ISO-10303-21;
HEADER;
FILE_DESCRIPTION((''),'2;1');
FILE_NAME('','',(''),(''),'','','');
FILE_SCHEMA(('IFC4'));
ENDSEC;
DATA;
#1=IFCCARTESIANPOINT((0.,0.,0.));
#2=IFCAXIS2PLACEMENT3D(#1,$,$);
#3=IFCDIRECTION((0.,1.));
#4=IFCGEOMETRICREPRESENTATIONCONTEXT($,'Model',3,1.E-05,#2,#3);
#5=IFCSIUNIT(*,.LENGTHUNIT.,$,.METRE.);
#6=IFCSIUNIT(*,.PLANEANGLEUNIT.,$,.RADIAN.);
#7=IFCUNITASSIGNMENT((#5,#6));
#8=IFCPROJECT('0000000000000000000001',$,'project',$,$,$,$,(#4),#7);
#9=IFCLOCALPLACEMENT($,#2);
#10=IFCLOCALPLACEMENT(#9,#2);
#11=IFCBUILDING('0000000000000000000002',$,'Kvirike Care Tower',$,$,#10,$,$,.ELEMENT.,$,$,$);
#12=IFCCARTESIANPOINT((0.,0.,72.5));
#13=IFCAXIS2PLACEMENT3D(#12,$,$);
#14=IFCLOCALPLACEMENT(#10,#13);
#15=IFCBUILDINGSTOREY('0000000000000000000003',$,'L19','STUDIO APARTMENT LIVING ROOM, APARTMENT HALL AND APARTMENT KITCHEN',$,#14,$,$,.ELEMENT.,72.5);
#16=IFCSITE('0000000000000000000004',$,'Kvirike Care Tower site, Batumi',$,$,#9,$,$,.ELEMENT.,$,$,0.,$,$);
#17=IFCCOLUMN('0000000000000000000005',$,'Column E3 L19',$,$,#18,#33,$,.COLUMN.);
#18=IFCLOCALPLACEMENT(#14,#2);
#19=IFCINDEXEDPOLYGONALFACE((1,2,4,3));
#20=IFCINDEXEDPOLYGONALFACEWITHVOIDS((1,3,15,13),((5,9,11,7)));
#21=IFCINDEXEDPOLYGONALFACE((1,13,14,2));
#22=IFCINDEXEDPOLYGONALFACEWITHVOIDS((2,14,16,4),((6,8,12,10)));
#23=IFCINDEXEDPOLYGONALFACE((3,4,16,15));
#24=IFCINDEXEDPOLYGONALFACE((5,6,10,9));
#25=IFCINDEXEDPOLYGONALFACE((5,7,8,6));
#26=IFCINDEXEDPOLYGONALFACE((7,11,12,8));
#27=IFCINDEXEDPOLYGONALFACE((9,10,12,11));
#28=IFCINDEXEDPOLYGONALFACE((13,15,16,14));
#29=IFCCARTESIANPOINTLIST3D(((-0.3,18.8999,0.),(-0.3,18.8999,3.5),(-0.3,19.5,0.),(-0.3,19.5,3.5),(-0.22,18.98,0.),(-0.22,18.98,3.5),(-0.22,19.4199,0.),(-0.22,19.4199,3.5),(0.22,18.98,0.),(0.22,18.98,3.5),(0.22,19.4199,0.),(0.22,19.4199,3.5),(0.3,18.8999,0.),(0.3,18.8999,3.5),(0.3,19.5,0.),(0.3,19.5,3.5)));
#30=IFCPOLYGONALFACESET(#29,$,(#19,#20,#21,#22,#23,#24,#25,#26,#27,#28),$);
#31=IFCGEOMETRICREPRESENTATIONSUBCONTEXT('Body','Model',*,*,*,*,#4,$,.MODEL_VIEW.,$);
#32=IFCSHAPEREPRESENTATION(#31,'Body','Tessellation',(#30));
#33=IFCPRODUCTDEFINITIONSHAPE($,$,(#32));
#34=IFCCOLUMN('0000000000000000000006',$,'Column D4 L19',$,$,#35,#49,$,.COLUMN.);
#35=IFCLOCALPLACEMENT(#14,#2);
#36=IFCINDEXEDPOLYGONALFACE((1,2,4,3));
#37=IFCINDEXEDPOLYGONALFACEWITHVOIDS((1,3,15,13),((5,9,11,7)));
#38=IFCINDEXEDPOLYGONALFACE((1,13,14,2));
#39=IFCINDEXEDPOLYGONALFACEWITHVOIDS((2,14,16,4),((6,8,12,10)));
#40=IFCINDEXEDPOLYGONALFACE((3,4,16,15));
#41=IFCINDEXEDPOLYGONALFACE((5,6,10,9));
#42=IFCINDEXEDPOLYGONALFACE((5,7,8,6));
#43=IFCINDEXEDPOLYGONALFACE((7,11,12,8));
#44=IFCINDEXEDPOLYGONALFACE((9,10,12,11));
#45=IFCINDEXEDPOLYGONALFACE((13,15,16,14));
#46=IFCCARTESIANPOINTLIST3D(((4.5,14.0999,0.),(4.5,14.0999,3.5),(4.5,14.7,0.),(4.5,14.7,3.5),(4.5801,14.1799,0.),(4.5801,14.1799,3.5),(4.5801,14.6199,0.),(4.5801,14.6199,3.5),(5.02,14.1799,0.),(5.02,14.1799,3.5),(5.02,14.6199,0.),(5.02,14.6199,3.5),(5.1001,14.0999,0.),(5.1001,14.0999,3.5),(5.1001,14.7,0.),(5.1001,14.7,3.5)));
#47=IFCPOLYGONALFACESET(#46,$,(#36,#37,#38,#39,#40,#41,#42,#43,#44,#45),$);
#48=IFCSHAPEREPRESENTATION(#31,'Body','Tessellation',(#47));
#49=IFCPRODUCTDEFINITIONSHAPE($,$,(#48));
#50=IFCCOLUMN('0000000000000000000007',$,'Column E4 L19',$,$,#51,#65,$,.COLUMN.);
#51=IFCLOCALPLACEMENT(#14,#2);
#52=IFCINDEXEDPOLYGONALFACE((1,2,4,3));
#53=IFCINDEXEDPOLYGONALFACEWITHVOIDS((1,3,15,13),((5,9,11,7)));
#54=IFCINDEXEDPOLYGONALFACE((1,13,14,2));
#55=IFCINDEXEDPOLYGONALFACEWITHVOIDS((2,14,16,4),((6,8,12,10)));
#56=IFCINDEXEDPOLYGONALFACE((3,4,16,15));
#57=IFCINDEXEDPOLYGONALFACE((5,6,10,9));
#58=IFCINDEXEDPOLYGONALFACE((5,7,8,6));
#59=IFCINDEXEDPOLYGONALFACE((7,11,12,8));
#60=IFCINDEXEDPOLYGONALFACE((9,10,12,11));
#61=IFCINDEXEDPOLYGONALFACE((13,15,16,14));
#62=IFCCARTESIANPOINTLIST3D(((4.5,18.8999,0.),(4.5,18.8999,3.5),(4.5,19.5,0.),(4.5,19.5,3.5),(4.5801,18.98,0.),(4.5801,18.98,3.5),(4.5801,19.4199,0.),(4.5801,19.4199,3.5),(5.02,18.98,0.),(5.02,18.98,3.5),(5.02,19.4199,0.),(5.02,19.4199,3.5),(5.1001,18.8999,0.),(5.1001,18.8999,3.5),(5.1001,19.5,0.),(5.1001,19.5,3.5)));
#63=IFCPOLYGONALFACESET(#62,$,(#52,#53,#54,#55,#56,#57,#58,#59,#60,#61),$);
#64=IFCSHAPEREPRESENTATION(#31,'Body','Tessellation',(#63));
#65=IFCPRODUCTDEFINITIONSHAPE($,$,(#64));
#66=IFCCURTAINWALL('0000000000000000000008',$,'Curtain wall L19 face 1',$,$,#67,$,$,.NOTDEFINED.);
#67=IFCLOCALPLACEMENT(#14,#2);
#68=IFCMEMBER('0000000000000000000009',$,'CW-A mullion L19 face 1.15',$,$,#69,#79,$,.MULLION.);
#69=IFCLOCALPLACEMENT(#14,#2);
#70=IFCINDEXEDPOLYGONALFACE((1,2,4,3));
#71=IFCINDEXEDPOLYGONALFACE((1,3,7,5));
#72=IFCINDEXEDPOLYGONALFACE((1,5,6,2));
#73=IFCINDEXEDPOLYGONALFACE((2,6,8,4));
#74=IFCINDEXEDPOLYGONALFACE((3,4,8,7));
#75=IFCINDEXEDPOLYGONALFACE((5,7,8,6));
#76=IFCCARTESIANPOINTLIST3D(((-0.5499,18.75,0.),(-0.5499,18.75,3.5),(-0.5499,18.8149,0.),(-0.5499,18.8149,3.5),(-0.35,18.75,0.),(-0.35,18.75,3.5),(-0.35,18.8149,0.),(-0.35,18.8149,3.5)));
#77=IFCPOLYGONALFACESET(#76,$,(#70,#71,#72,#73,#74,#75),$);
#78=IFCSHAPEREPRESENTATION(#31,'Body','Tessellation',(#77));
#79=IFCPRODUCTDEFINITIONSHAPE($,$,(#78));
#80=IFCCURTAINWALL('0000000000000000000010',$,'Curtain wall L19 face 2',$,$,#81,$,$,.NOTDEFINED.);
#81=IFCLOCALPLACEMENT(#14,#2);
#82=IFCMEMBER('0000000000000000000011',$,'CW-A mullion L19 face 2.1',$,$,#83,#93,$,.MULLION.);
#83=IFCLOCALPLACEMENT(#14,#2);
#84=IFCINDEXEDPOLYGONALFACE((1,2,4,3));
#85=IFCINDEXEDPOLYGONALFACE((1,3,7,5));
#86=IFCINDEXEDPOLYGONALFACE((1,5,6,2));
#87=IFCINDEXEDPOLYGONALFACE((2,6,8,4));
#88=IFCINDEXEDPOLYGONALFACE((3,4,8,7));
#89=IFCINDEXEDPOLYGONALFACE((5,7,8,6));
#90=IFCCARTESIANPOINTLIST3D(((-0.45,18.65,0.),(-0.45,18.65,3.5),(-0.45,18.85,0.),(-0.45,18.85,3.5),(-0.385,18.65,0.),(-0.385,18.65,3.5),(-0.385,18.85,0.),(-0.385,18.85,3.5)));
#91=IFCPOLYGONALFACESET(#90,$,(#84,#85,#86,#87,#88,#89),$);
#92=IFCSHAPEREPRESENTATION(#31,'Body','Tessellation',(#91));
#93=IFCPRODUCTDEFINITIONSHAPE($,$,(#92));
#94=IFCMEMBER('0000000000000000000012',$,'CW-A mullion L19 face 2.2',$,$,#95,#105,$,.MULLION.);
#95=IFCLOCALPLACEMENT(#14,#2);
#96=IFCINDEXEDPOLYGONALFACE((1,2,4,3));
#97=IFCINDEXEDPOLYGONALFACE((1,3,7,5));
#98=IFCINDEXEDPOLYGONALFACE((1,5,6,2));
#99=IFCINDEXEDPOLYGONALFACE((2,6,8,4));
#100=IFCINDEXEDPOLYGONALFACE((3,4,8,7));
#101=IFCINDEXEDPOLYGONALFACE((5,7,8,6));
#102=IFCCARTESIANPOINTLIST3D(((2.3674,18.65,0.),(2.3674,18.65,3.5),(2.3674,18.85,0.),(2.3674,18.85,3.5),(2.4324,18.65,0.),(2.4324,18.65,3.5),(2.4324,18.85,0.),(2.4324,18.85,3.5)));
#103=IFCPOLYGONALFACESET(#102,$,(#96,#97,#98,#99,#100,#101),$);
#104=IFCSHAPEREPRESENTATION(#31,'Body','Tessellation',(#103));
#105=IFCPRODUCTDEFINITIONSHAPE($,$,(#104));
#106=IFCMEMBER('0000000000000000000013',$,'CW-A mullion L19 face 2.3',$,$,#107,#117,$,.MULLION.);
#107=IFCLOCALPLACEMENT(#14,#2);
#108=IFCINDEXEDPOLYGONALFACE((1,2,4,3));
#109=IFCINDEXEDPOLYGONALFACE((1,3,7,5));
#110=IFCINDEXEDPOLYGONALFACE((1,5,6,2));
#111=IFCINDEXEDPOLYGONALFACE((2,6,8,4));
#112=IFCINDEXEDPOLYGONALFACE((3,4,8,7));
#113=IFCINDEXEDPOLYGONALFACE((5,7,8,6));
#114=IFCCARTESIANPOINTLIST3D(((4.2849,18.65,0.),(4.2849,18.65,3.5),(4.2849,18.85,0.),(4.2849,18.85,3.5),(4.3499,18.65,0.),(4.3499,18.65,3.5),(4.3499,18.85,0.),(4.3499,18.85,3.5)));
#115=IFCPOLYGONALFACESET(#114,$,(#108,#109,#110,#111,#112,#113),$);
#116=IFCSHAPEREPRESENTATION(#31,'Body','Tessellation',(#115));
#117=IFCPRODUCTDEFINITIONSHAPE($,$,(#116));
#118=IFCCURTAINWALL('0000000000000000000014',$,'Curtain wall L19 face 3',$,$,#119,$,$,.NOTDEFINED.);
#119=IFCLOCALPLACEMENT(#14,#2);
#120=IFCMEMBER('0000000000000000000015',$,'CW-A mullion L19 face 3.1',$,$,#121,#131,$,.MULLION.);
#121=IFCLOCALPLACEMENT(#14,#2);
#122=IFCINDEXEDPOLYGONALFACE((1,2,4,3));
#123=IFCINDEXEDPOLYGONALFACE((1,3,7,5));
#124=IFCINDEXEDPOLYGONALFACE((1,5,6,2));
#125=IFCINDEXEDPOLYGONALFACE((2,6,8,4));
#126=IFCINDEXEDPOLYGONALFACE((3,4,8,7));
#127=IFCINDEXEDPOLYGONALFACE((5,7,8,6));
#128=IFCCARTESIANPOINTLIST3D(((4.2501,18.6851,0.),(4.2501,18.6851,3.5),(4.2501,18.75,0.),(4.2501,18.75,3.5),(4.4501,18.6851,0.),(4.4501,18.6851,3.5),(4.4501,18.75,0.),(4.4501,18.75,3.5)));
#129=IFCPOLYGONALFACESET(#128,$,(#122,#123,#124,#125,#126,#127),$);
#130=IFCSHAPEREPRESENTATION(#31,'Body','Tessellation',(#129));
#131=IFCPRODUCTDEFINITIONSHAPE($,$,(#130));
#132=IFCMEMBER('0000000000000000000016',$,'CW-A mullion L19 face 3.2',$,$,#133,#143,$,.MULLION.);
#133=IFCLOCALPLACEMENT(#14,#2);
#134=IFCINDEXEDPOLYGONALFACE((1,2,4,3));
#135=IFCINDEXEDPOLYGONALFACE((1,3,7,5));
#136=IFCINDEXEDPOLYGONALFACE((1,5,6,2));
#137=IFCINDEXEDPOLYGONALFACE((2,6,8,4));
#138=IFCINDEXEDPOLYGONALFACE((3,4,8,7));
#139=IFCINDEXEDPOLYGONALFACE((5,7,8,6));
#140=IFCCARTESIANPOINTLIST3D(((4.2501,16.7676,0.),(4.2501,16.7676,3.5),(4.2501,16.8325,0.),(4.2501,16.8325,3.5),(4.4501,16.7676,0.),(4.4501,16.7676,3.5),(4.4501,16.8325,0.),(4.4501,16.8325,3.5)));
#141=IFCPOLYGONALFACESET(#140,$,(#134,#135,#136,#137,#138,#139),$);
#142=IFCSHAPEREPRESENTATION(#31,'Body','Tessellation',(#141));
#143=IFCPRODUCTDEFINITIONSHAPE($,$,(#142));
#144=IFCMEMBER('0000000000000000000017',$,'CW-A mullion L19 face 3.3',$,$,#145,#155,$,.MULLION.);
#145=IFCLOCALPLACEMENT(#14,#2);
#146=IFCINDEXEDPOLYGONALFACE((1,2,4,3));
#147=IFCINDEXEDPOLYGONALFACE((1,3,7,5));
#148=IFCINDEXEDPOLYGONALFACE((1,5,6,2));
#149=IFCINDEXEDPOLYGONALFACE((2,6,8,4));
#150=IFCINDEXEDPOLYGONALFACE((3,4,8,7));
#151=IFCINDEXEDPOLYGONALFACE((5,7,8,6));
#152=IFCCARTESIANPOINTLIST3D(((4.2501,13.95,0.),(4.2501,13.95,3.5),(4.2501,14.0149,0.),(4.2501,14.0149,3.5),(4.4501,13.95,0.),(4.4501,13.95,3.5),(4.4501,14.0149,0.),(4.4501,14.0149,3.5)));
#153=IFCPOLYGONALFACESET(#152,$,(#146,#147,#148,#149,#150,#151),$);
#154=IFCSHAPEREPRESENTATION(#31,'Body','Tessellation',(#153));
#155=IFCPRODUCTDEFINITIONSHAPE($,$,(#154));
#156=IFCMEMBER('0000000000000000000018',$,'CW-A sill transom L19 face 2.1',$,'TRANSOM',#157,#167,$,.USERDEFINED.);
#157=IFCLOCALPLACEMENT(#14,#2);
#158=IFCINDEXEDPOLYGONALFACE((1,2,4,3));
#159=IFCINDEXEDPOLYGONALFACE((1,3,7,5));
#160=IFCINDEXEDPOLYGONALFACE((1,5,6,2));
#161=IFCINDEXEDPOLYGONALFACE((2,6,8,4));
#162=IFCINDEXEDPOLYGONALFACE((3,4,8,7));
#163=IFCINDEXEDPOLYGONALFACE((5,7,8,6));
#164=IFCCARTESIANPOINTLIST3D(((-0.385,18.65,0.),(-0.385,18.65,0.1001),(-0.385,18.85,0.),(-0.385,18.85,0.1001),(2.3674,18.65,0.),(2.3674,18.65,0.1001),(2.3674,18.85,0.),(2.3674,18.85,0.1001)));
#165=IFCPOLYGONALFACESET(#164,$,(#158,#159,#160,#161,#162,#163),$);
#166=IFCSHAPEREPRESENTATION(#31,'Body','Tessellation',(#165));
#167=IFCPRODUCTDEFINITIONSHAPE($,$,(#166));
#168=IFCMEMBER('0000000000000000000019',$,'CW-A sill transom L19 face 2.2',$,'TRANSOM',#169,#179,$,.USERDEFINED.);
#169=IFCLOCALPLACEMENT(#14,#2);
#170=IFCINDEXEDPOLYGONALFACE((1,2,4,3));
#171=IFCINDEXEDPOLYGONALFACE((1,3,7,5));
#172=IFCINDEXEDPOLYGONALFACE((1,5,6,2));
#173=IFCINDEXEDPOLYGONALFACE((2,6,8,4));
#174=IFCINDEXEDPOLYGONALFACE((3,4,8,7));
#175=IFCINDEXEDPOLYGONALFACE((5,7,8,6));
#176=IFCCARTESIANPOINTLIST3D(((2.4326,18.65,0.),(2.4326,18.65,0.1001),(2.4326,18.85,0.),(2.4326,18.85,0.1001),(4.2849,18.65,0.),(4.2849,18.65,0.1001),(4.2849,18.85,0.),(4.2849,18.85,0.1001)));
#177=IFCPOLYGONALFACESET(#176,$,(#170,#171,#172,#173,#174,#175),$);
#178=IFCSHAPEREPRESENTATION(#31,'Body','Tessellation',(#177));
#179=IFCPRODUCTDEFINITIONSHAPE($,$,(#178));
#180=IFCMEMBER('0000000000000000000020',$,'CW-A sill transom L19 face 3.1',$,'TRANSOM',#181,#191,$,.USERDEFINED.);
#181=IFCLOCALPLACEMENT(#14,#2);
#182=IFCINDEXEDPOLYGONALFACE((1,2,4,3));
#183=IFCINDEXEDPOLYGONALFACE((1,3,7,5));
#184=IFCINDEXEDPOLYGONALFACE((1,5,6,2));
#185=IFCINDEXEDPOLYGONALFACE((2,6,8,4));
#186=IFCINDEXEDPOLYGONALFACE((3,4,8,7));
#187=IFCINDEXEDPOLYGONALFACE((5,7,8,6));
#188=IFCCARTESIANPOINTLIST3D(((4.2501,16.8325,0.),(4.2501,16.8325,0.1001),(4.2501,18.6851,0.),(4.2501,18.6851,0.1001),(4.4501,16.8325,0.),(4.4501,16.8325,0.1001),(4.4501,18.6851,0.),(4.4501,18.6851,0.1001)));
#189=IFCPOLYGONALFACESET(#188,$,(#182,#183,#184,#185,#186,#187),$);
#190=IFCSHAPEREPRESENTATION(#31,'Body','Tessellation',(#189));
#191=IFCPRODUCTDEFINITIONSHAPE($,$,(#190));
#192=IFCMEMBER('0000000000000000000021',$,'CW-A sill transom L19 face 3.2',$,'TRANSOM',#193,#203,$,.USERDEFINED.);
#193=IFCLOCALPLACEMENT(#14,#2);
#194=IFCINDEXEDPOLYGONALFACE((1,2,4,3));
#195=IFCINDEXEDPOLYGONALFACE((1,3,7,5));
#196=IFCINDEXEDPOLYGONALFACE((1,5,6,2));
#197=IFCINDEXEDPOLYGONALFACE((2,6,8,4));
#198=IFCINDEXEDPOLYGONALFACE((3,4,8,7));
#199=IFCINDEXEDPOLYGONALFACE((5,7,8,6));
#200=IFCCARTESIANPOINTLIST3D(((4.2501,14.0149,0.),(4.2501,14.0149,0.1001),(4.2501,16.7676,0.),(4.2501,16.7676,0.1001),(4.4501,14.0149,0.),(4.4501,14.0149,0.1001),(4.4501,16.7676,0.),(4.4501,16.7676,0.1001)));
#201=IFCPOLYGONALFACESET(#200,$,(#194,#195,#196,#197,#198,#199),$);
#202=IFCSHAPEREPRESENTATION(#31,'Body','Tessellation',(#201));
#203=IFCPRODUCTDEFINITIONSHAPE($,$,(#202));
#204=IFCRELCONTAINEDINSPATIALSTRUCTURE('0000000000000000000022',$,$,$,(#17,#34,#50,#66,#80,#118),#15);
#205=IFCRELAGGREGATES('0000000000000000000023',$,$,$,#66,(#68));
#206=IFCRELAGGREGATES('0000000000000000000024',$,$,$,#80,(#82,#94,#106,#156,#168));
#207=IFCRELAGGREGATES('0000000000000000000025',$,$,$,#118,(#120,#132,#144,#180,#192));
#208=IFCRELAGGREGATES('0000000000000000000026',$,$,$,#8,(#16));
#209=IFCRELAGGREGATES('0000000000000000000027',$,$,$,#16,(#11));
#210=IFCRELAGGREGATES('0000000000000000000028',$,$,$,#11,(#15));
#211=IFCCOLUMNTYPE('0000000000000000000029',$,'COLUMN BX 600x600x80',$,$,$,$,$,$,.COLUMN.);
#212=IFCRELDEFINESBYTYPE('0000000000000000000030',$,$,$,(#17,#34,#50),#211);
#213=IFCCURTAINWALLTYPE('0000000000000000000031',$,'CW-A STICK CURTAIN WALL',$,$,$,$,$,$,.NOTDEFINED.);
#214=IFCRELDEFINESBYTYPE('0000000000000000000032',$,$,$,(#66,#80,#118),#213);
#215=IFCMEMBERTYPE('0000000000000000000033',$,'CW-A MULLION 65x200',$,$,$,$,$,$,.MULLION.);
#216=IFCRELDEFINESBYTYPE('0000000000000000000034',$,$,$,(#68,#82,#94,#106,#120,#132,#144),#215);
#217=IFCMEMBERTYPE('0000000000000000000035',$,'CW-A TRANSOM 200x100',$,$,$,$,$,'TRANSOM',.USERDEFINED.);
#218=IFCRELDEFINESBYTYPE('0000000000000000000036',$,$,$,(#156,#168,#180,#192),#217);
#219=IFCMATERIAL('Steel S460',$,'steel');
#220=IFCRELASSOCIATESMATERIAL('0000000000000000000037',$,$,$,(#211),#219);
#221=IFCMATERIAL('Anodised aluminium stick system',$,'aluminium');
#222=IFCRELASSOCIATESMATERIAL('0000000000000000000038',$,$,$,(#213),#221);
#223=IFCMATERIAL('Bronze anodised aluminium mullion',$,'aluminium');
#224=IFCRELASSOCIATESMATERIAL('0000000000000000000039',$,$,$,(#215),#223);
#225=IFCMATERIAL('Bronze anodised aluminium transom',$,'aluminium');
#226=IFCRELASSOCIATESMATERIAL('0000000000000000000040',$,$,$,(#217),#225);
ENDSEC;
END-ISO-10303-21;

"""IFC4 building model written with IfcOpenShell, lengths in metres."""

from ifc_helpers import new_model, si_unit, direction, frame, origin, origin_2d, place, context, subcontext, project, spatial, rectangle, hollow_rectangle, extrude, material, material_profile, profile_set, type_object, element, aggregate, save


model = new_model("IFC4")

# Units and contexts
model_context = context("Model", 3, precision=1e-05, world=origin(), true_north=direction((0.0, 1.0)))
body_context = subcontext(model_context, "Body", "Model", "MODEL_VIEW")
ifc_project = project(units=[si_unit("LENGTHUNIT", "METRE"), si_unit("PLANEANGLEUNIT", "RADIAN")], contexts=[model_context])

# Site, building, storey
site_placement = place(None, origin())
site = spatial("IfcSite", under=ifc_project, at=site_placement, Name="Kvirike Care Tower site, Batumi", CompositionType="ELEMENT", RefElevation=0.0)
building_placement = place(site_placement, origin())
building = spatial("IfcBuilding", under=site, at=building_placement, Name="Kvirike Care Tower", CompositionType="ELEMENT")
storey_placement = place(building_placement, frame((0.0, 0.0, 72.5)))
storey = spatial("IfcBuildingStorey", under=building, at=storey_placement, Name="L19", Description="STUDIO APARTMENT LIVING ROOM, APARTMENT HALL AND APARTMENT KITCHEN", CompositionType="ELEMENT", Elevation=72.5)

# Columns
ifc_material_1 = material(Name="Steel S460", Category="steel")
ifc_material_profile_1 = material_profile(ifc_material_1, hollow_rectangle(XDim=0.6001, YDim=0.6001, WallThickness=0.0801, at=origin_2d()), Name="BX 600x600x80")
ifc_profile_set_1 = profile_set([ifc_material_profile_1], Name="Steel S460")
column_type = type_object("IfcColumnType", Name="COLUMN BX 600x600x80", PredefinedType="COLUMN", material=ifc_profile_set_1)
for number, where, z_axis, x_axis, name in (
    (1, (0.0, 19.2, 0.0), (0.0, 0.0, 1.0), (0.0, 1.0, 0.0), "Column E3 L19"),
    (2, (4.8, 14.3999, 0.0), (0.0, 0.0, 1.0), (0.0, 1.0, 0.0), "Column D4 L19"),
    (3, (4.8, 19.2, 0.0), (0.0, 0.0, 1.0), (0.0, 1.0, 0.0), "Column E4 L19"),
):
    element("IfcColumn", number, at=place(storey_placement, frame(where, z_axis=z_axis, x_axis=x_axis)), inside=storey, type_object=column_type, Name=name, PredefinedType="COLUMN", context=body_context, shape_type="SweptSolid", body=[
        extrude(hollow_rectangle(XDim=0.6001, YDim=0.6001, WallThickness=0.0801, at=origin_2d()), origin(), (0.0, 0.0, 1.0), 3.5),
    ])

# Curtain wall, member
ifc_material_2 = material(Name="Anodised aluminium stick system", Category="aluminium")
curtain_wall_type = type_object("IfcCurtainWallType", Name="CW-A STICK CURTAIN WALL", PredefinedType="NOTDEFINED", material=ifc_material_2)
curtain_wall_1_placement = place(storey_placement, origin())
curtain_wall_1 = element("IfcCurtainWall", 4, at=curtain_wall_1_placement, inside=storey, type_object=curtain_wall_type, Name="Curtain wall L19 face 1", PredefinedType="NOTDEFINED")
ifc_material_3 = material(Name="Bronze anodised aluminium mullion", Category="aluminium")
ifc_material_profile_2 = material_profile(ifc_material_3, rectangle(XDim=0.0649, YDim=0.2, at=origin_2d()), Name="CW-A MULLION 65x200")
ifc_profile_set_2 = profile_set([ifc_material_profile_2], Name="Bronze anodised aluminium mullion")
member_type_1 = type_object("IfcMemberType", Name="CW-A MULLION 65x200", PredefinedType="MULLION", material=ifc_profile_set_2)
member_1_placement = place(storey_placement, frame((-0.45, 18.7825, 0.0), z_axis=(0.0, 0.0, 1.0), x_axis=(0.0, -1.0, 0.0)))
member_1 = element("IfcMember", 5, at=member_1_placement, type_object=member_type_1, Name="CW-A mullion L19 face 1.15", PredefinedType="MULLION", context=body_context, shape_type="SweptSolid", body=[
    extrude(rectangle(XDim=0.0649, YDim=0.2, at=origin_2d()), origin(), (0.0, 0.0, 1.0), 3.5),
])
aggregate(curtain_wall_1, [member_1])

# Curtain walls, members
curtain_wall_2_placement = place(storey_placement, origin())
curtain_wall_2 = element("IfcCurtainWall", 6, at=curtain_wall_2_placement, inside=storey, type_object=curtain_wall_type, Name="Curtain wall L19 face 2", PredefinedType="NOTDEFINED")
member_2_placement = place(storey_placement, frame((-0.4175, 18.75, 0.0), z_axis=(0.0, 0.0, 1.0), x_axis=(1.0, 0.0, 0.0)))
member_2 = element("IfcMember", 7, at=member_2_placement, type_object=member_type_1, Name="CW-A mullion L19 face 2.1", PredefinedType="MULLION", context=body_context, shape_type="SweptSolid", body=[
    extrude(rectangle(XDim=0.0649, YDim=0.2, at=origin_2d()), origin(), (0.0, 0.0, 1.0), 3.5),
])
member_3_placement = place(storey_placement, frame((2.3999, 18.75, 0.0), z_axis=(0.0, 0.0, 1.0), x_axis=(1.0, 0.0, 0.0)))
member_3 = element("IfcMember", 8, at=member_3_placement, type_object=member_type_1, Name="CW-A mullion L19 face 2.2", PredefinedType="MULLION", context=body_context, shape_type="SweptSolid", body=[
    extrude(rectangle(XDim=0.0649, YDim=0.2, at=origin_2d()), origin(), (0.0, 0.0, 1.0), 3.5),
])
member_4_placement = place(storey_placement, frame((4.3174, 18.75, 0.0), z_axis=(0.0, 0.0, 1.0), x_axis=(1.0, 0.0, 0.0)))
member_4 = element("IfcMember", 9, at=member_4_placement, type_object=member_type_1, Name="CW-A mullion L19 face 2.3", PredefinedType="MULLION", context=body_context, shape_type="SweptSolid", body=[
    extrude(rectangle(XDim=0.0649, YDim=0.2, at=origin_2d()), origin(), (0.0, 0.0, 1.0), 3.5),
])
curtain_wall_3_placement = place(storey_placement, origin())
curtain_wall_3 = element("IfcCurtainWall", 10, at=curtain_wall_3_placement, inside=storey, type_object=curtain_wall_type, Name="Curtain wall L19 face 3", PredefinedType="NOTDEFINED")
member_5_placement = place(storey_placement, frame((4.3501, 18.7175, 0.0), z_axis=(0.0, 0.0, 1.0), x_axis=(0.0, -1.0, 0.0)))
member_5 = element("IfcMember", 11, at=member_5_placement, type_object=member_type_1, Name="CW-A mullion L19 face 3.1", PredefinedType="MULLION", context=body_context, shape_type="SweptSolid", body=[
    extrude(rectangle(XDim=0.0649, YDim=0.2, at=origin_2d()), origin(), (0.0, 0.0, 1.0), 3.5),
])
member_6_placement = place(storey_placement, frame((4.3501, 16.8, 0.0), z_axis=(0.0, 0.0, 1.0), x_axis=(0.0, -1.0, 0.0)))
member_6 = element("IfcMember", 12, at=member_6_placement, type_object=member_type_1, Name="CW-A mullion L19 face 3.2", PredefinedType="MULLION", context=body_context, shape_type="SweptSolid", body=[
    extrude(rectangle(XDim=0.0649, YDim=0.2, at=origin_2d()), origin(), (0.0, 0.0, 1.0), 3.5),
])
member_7_placement = place(storey_placement, frame((4.3501, 13.9824, 0.0), z_axis=(0.0, 0.0, 1.0), x_axis=(0.0, -1.0, 0.0)))
member_7 = element("IfcMember", 13, at=member_7_placement, type_object=member_type_1, Name="CW-A mullion L19 face 3.3", PredefinedType="MULLION", context=body_context, shape_type="SweptSolid", body=[
    extrude(rectangle(XDim=0.0649, YDim=0.2, at=origin_2d()), origin(), (0.0, 0.0, 1.0), 3.5),
])

# Members
ifc_material_4 = material(Name="Bronze anodised aluminium transom", Category="aluminium")
ifc_material_profile_3 = material_profile(ifc_material_4, rectangle(XDim=0.2, YDim=0.1001, at=origin_2d()), Name="CW-A TRANSOM 200x100")
ifc_profile_set_3 = profile_set([ifc_material_profile_3], Name="Bronze anodised aluminium transom")
member_type_2 = type_object("IfcMemberType", Name="CW-A TRANSOM 200x100", ElementType="TRANSOM", PredefinedType="USERDEFINED", material=ifc_profile_set_3)
member_8_placement = place(storey_placement, frame((-0.385, 18.75, 0.05), z_axis=(1.0, 0.0, 0.0), x_axis=(0.0, 1.0, 0.0)))
member_8 = element("IfcMember", 14, at=member_8_placement, type_object=member_type_2, Name="CW-A sill transom L19 face 2.1", ObjectType="TRANSOM", PredefinedType="USERDEFINED", context=body_context, shape_type="SweptSolid", body=[
    extrude(rectangle(XDim=0.2, YDim=0.1001, at=origin_2d()), origin(), (0.0, 0.0, 1.0), 2.7524),
])
member_9_placement = place(storey_placement, frame((2.4326, 18.75, 0.05), z_axis=(1.0, 0.0, 0.0), x_axis=(0.0, 1.0, 0.0)))
member_9 = element("IfcMember", 15, at=member_9_placement, type_object=member_type_2, Name="CW-A sill transom L19 face 2.2", ObjectType="TRANSOM", PredefinedType="USERDEFINED", context=body_context, shape_type="SweptSolid", body=[
    extrude(rectangle(XDim=0.2, YDim=0.1001, at=origin_2d()), origin(), (0.0, 0.0, 1.0), 1.8523),
])
member_10_placement = place(storey_placement, frame((4.3501, 18.6851, 0.05), z_axis=(0.0, -1.0, 0.0), x_axis=(1.0, 0.0, 0.0)))
member_10 = element("IfcMember", 16, at=member_10_placement, type_object=member_type_2, Name="CW-A sill transom L19 face 3.1", ObjectType="TRANSOM", PredefinedType="USERDEFINED", context=body_context, shape_type="SweptSolid", body=[
    extrude(rectangle(XDim=0.2, YDim=0.1001, at=origin_2d()), origin(), (0.0, 0.0, 1.0), 1.8525),
])
member_11_placement = place(storey_placement, frame((4.3501, 16.7676, 0.05), z_axis=(0.0, -1.0, 0.0), x_axis=(1.0, 0.0, 0.0)))
member_11 = element("IfcMember", 17, at=member_11_placement, type_object=member_type_2, Name="CW-A sill transom L19 face 3.2", ObjectType="TRANSOM", PredefinedType="USERDEFINED", context=body_context, shape_type="SweptSolid", body=[
    extrude(rectangle(XDim=0.2, YDim=0.1001, at=origin_2d()), origin(), (0.0, 0.0, 1.0), 2.7527),
])

aggregate(curtain_wall_2, [member_2, member_3, member_4, member_8, member_9])
aggregate(curtain_wall_3, [member_5, member_6, member_7, member_10, member_11])

save(model, "model.ifc")
